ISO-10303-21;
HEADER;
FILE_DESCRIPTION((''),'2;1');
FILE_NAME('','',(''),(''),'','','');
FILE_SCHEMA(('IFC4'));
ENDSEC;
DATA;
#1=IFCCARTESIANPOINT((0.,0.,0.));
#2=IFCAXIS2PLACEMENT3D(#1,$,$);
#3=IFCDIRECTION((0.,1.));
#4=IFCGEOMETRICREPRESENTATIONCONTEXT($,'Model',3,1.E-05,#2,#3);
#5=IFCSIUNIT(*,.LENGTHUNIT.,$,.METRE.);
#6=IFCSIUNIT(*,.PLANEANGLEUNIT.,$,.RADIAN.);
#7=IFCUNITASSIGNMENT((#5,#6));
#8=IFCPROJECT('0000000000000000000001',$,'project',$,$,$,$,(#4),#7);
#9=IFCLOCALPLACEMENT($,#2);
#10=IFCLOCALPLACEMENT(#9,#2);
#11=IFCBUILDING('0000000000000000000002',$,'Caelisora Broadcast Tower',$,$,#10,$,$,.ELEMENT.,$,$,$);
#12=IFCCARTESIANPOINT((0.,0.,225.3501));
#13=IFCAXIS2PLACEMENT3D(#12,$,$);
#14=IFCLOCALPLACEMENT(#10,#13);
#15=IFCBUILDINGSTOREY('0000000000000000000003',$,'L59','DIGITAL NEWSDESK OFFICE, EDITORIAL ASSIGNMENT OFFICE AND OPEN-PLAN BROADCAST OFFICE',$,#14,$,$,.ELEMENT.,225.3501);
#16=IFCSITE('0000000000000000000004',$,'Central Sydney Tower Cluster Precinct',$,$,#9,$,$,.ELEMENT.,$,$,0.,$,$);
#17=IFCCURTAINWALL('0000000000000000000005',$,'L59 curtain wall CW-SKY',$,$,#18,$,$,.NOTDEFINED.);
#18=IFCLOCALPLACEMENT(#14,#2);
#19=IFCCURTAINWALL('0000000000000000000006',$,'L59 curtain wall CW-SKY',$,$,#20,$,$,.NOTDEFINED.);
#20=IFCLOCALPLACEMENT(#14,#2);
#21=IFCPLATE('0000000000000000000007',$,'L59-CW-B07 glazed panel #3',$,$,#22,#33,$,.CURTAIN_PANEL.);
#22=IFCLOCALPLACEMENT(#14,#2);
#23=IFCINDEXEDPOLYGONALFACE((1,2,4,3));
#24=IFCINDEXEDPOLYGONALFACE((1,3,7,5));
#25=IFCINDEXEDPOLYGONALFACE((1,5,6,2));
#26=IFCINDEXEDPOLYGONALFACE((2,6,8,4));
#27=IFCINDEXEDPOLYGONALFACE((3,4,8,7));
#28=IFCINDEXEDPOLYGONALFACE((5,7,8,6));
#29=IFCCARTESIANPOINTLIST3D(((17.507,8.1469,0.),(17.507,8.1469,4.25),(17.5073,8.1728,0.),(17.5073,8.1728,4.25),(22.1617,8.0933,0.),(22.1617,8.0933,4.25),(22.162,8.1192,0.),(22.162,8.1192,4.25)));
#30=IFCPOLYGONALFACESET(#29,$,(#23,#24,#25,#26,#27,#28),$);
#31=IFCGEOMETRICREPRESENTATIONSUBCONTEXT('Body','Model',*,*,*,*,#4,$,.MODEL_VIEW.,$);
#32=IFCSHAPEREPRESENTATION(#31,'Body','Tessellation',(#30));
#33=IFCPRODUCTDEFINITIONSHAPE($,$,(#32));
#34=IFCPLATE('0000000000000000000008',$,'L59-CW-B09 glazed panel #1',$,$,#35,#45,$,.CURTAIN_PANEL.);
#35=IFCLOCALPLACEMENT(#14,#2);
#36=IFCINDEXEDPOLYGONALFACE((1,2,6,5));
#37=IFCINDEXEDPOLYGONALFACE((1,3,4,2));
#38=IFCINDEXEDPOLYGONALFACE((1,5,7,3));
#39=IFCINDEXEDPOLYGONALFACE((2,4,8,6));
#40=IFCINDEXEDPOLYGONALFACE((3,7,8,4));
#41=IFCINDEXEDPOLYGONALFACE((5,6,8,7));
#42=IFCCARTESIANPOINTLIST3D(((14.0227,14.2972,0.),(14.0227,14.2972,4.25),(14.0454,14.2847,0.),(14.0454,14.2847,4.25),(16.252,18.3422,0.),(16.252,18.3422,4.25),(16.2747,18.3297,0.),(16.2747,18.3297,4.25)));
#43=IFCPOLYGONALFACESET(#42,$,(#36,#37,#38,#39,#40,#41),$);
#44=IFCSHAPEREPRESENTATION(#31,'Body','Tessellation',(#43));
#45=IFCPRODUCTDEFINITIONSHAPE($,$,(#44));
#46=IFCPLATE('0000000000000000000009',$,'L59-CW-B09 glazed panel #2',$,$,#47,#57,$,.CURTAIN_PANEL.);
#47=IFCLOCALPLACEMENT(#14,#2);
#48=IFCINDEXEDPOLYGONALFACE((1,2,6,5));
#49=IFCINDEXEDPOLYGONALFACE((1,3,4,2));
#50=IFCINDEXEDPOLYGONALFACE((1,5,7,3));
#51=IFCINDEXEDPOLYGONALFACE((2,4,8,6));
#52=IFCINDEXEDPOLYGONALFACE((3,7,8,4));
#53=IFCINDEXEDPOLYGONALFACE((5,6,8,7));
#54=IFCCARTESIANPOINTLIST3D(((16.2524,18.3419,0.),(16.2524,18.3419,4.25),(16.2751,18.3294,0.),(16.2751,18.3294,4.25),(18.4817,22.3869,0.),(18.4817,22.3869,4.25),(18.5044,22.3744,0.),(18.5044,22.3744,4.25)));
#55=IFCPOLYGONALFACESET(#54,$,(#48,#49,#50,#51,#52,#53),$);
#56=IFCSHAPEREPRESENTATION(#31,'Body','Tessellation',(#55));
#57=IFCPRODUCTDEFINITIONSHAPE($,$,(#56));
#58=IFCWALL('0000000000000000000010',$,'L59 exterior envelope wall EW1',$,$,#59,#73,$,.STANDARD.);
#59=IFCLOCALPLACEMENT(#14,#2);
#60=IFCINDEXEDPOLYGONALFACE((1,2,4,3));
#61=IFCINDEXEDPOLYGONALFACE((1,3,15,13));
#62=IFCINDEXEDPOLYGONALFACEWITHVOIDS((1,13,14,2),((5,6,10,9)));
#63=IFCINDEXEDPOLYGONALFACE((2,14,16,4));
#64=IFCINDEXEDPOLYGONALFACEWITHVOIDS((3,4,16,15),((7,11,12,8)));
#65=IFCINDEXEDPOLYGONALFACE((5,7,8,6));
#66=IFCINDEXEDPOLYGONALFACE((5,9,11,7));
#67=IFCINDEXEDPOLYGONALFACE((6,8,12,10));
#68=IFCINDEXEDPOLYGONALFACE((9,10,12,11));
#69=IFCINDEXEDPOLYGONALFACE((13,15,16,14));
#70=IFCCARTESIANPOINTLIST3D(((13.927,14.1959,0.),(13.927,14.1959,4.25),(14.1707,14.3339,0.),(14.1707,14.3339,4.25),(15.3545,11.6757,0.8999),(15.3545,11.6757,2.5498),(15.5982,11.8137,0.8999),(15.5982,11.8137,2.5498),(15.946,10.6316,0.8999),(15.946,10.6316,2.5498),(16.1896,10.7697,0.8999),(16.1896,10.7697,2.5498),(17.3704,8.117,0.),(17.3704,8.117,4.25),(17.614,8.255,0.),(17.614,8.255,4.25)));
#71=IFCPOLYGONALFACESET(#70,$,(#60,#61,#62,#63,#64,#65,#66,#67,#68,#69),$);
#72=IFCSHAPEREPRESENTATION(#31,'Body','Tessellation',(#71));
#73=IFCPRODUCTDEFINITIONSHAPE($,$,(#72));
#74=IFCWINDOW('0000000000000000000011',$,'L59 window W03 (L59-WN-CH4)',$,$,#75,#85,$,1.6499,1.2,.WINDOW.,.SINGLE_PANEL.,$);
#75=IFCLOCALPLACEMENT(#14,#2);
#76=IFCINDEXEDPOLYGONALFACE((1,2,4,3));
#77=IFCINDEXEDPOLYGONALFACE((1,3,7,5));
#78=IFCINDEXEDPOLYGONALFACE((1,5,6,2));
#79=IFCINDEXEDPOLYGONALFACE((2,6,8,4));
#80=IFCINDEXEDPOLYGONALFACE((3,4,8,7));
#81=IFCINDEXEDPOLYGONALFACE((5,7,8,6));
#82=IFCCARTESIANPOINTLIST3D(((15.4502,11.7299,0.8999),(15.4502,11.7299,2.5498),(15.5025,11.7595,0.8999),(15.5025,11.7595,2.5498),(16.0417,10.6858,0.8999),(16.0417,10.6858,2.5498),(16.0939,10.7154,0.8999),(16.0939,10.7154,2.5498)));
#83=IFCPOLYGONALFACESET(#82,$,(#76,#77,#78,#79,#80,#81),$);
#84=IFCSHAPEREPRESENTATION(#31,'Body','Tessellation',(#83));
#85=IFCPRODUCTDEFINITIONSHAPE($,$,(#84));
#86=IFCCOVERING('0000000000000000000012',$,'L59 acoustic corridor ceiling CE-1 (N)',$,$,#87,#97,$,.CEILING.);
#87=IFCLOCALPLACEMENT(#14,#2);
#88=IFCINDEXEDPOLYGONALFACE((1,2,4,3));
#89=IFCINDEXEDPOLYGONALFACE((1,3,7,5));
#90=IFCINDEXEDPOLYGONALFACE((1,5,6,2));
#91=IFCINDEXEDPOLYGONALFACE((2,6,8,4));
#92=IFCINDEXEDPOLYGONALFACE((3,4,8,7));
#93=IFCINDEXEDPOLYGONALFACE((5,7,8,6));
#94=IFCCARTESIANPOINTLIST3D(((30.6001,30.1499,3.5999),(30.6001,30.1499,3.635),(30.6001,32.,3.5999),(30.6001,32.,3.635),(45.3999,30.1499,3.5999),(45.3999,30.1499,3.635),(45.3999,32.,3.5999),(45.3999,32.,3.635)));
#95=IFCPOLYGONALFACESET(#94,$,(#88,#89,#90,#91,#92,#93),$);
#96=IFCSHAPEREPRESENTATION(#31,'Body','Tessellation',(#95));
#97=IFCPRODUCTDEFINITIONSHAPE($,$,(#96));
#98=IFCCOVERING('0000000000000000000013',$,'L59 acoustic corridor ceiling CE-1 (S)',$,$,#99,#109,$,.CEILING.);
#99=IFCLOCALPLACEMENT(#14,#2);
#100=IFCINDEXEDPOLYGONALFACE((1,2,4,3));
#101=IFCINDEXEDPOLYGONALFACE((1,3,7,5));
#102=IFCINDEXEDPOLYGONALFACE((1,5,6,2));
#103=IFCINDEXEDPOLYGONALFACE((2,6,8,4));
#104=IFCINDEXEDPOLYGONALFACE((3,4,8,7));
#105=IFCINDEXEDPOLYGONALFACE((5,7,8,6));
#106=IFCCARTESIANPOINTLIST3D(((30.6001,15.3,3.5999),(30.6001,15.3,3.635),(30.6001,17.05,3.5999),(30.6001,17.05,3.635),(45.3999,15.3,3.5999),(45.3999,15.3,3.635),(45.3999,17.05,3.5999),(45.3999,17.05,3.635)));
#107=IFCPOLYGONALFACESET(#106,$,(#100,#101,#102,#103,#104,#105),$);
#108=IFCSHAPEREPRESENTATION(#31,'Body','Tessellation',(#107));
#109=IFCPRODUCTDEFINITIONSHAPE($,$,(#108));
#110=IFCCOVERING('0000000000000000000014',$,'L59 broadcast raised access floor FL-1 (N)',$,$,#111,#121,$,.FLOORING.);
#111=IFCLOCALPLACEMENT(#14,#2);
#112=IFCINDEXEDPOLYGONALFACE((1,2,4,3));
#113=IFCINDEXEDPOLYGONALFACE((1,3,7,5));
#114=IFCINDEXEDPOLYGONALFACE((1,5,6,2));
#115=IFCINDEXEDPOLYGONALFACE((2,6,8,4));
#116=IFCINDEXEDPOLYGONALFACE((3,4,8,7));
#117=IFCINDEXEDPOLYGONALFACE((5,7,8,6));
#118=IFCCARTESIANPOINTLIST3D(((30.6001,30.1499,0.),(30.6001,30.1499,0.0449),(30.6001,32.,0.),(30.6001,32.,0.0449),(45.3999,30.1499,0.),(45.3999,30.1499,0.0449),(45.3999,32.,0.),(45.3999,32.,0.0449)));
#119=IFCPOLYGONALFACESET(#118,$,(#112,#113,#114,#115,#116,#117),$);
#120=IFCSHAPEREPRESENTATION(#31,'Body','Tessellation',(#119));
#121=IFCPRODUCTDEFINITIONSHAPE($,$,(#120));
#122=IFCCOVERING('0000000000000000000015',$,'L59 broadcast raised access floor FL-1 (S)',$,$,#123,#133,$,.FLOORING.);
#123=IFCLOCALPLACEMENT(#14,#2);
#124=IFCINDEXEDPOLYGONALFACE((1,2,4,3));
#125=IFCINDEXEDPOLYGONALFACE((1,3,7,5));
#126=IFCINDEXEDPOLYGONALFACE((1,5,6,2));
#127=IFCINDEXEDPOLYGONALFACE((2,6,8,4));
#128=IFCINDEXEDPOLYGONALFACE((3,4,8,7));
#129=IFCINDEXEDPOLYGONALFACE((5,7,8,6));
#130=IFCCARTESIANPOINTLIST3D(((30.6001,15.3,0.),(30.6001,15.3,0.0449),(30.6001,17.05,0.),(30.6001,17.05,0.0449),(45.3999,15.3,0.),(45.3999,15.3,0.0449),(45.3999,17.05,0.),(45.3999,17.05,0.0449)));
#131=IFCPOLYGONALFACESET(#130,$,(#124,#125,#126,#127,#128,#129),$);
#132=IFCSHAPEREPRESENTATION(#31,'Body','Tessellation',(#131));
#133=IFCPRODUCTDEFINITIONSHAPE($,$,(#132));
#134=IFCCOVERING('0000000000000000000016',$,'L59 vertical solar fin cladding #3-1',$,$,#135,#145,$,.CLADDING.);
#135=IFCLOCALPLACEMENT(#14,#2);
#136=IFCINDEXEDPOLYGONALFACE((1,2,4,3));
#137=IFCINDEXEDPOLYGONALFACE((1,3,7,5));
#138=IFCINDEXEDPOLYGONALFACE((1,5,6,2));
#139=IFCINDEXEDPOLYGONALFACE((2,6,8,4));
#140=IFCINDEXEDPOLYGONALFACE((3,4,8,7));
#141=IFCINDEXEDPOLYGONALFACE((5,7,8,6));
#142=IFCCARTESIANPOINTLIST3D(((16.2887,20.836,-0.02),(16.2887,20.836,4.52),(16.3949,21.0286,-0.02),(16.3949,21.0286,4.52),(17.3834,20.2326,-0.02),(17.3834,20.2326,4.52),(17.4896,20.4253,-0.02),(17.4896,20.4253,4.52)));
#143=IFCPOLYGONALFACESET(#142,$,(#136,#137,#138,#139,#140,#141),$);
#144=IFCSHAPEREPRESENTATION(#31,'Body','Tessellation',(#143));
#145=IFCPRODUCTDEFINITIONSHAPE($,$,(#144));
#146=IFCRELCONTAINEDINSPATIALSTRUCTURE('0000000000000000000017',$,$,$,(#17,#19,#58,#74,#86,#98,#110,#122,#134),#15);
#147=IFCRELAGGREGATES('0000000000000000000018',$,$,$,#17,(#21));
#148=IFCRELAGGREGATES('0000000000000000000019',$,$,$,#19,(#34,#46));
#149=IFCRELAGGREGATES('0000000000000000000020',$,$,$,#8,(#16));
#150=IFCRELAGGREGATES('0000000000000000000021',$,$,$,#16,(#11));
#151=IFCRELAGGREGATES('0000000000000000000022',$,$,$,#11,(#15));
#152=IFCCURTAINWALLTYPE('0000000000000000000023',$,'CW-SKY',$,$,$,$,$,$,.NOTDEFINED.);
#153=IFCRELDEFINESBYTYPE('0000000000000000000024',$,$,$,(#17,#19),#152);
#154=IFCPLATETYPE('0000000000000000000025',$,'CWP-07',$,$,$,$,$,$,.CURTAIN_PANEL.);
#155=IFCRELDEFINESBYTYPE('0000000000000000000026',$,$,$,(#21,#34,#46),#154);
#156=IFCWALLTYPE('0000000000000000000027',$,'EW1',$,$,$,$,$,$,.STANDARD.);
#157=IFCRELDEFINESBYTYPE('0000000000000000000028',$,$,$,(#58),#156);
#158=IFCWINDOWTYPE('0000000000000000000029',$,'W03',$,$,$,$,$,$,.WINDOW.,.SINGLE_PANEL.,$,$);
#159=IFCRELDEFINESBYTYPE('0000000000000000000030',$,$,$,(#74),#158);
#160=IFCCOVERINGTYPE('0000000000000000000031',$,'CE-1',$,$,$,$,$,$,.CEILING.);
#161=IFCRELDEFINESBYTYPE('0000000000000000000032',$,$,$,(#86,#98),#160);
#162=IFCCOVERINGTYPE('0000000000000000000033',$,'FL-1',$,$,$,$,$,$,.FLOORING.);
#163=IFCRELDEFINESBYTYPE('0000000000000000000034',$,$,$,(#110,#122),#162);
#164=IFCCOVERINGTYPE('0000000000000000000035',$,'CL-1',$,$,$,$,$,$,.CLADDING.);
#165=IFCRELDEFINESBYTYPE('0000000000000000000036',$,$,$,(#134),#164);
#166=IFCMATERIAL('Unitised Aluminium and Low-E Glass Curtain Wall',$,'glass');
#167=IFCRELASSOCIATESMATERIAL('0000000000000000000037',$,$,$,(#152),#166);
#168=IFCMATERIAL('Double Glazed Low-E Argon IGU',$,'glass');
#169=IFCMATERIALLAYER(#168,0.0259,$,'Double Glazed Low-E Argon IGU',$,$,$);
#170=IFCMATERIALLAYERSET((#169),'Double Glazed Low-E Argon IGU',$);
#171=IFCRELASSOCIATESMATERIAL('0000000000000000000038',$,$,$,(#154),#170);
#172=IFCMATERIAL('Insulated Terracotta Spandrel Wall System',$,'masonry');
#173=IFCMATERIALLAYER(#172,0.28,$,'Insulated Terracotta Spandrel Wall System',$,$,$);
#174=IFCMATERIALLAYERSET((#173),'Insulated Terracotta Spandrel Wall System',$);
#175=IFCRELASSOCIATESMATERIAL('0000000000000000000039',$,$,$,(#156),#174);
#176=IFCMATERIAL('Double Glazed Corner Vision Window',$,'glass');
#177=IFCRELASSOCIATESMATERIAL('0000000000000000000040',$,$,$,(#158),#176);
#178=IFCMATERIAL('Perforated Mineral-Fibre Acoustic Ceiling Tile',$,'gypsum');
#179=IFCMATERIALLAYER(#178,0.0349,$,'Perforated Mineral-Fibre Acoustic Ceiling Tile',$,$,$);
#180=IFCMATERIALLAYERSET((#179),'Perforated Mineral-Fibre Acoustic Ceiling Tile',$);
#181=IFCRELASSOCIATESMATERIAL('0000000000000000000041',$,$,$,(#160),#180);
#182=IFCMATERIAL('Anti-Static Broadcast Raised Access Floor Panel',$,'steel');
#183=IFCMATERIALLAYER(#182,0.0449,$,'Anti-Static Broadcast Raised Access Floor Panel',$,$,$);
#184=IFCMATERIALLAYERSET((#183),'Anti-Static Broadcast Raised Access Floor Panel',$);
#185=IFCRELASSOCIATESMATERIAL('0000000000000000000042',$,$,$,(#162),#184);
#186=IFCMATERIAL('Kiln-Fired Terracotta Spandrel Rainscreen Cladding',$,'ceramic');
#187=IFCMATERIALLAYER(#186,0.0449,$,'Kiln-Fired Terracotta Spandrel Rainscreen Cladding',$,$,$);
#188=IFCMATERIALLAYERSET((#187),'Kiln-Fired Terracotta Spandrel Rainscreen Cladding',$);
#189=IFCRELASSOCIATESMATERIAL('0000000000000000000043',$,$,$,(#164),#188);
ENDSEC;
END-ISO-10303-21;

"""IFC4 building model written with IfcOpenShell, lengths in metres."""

from ifc_helpers import new_model, si_unit, direction, frame, frame_2d, origin, origin_2d, place, context, subcontext, project, spatial, polyline, rectangle, outline, extrude, source, transform, mapped, material, layer, layer_set, type_object, type_shapes, element, fill, aggregate, save


model = new_model("IFC4")

# Units and contexts
model_context = context("Model", 3, precision=1e-05, world=origin(), true_north=direction((0.0, 1.0)))
body_context = subcontext(model_context, "Body", "Model", "MODEL_VIEW")
ifc_project = project(units=[si_unit("LENGTHUNIT", "METRE"), si_unit("PLANEANGLEUNIT", "RADIAN")], contexts=[model_context])

# Site, building, storey
site_placement = place(None, origin())
site = spatial("IfcSite", under=ifc_project, at=site_placement, Name="Central Sydney Tower Cluster Precinct", CompositionType="ELEMENT", RefElevation=0.0)
building_placement = place(site_placement, origin())
building = spatial("IfcBuilding", under=site, at=building_placement, Name="Caelisora Broadcast Tower", CompositionType="ELEMENT")
storey_placement = place(building_placement, frame((0.0, 0.0, 225.3501)))
storey = spatial("IfcBuildingStorey", under=building, at=storey_placement, Name="L59", Description="DIGITAL NEWSDESK OFFICE, EDITORIAL ASSIGNMENT OFFICE AND OPEN-PLAN BROADCAST OFFICE", CompositionType="ELEMENT", Elevation=225.3501)

# Curtain wall
ifc_material_1 = material(Name="Unitised Aluminium and Low-E Glass Curtain Wall", Category="glass")
curtain_wall_type = type_object("IfcCurtainWallType", Name="CW-SKY", PredefinedType="NOTDEFINED", material=ifc_material_1)
curtain_wall_1_placement = place(storey_placement, origin())
curtain_wall_1 = element("IfcCurtainWall", 1, at=curtain_wall_1_placement, inside=storey, type_object=curtain_wall_type, Name="L59 curtain wall CW-SKY", PredefinedType="NOTDEFINED")

# Curtain wall
curtain_wall_2_placement = place(storey_placement, origin())
curtain_wall_2 = element("IfcCurtainWall", 2, at=curtain_wall_2_placement, inside=storey, type_object=curtain_wall_type, Name="L59 curtain wall CW-SKY", PredefinedType="NOTDEFINED")

# Plates
ifc_material_2 = material(Name="Double Glazed Low-E Argon IGU", Category="glass")
ifc_layer_1 = layer(ifc_material_2, 0.0259, Name="Double Glazed Low-E Argon IGU")
ifc_layer_set_1 = layer_set([ifc_layer_1], Name="Double Glazed Low-E Argon IGU")
plate_type_1 = type_object("IfcPlateType", Name="CWP-07", PredefinedType="CURTAIN_PANEL", material=ifc_layer_set_1)
shared_shape_1 = source(origin(), body_context, "Body", "SweptSolid", [
    extrude(rectangle(XDim=4.655, YDim=0.0259, at=origin_2d()), origin(), (0.0, 0.0, 1.0), 4.25),
])
plate_1_placement = place(storey_placement, frame((19.8345, 8.1331, 0.0), z_axis=(0.0, 0.0, 1.0), x_axis=(-0.999934, 0.011519, 0.0)))
plate_1 = element("IfcPlate", 3, at=plate_1_placement, type_object=plate_type_1, Name="L59-CW-B07 glazed panel #3", PredefinedType="CURTAIN_PANEL", context=body_context, shape_type="MappedRepresentation", body=[
    mapped(shared_shape_1, transform((0.0, 0.0, 0.0), scale=1.0)),
])
aggregate(curtain_wall_1, [plate_1])
shared_shape_2 = source(origin(), body_context, "Body", "SweptSolid", [
    extrude(rectangle(XDim=4.6187, YDim=0.0259, at=origin_2d()), origin(), (0.0, 0.0, 1.0), 4.25),
])
type_shapes(plate_type_1, [shared_shape_1, shared_shape_2])
plate_2_placement = place(storey_placement, frame((15.1487, 16.3135, 0.0), z_axis=(0.0, 0.0, 1.0), x_axis=(0.482671, 0.875802, 0.0)))
plate_2 = element("IfcPlate", 4, at=plate_2_placement, type_object=plate_type_1, Name="L59-CW-B09 glazed panel #1", PredefinedType="CURTAIN_PANEL", context=body_context, shape_type="MappedRepresentation", body=[
    mapped(shared_shape_2, transform((0.0, 0.0, 0.0), scale=1.0)),
])
plate_3_placement = place(storey_placement, frame((17.3784, 20.3582, 0.0), z_axis=(0.0, 0.0, 1.0), x_axis=(0.482671, 0.875802, 0.0)))
plate_3 = element("IfcPlate", 5, at=plate_3_placement, type_object=plate_type_1, Name="L59-CW-B09 glazed panel #2", PredefinedType="CURTAIN_PANEL", context=body_context, shape_type="MappedRepresentation", body=[
    mapped(shared_shape_2, transform((0.0, 0.0, 0.0), scale=1.0)),
])
aggregate(curtain_wall_2, [plate_2, plate_3])

# Wall, opening, window
ifc_material_3 = material(Name="Insulated Terracotta Spandrel Wall System", Category="masonry")
ifc_layer_2 = layer(ifc_material_3, 0.28, Name="Insulated Terracotta Spandrel Wall System")
ifc_layer_set_2 = layer_set([ifc_layer_2], Name="Insulated Terracotta Spandrel Wall System")
wall_type = type_object("IfcWallType", Name="EW1", PredefinedType="STANDARD", material=ifc_layer_set_2)
wall_placement = place(storey_placement, frame((17.4922, 8.186, 0.0), z_axis=(0.0, 0.0, 1.0), x_axis=(-0.492869, 0.870104, 0.0)))
wall = element("IfcWall", 6, at=wall_placement, inside=storey, type_object=wall_type, Name="L59 exterior envelope wall EW1", PredefinedType="STANDARD", context=body_context, shape_type="SweptSolid", body=[
    extrude(rectangle(XDim=6.9863, YDim=0.28, at=frame_2d((3.4932, 0.0))), origin(), (0.0, 0.0, 1.0), 4.25),
])
opening_placement = place(wall_placement, frame((2.8899, 0.0, 0.8999)))
opening = element("IfcOpeningElement", 7, at=opening_placement, cuts=wall, PredefinedType="OPENING", context=body_context, shape_type="SweptSolid", body=[
    extrude(rectangle(XDim=1.2, YDim=1.6499, at=frame_2d((0.6001, 0.825))), frame((0.0, 0.1521, 0.0), z_axis=(0.0, -1.0, 0.0), x_axis=(1.0, 0.0, 0.0)), (0.0, 0.0, 1.0), 0.304),
])
ifc_material_4 = material(Name="Double Glazed Corner Vision Window", Category="glass")
window_type = type_object("IfcWindowType", Name="W03", PartitioningType="SINGLE_PANEL", PredefinedType="WINDOW", material=ifc_material_4)
window_placement = place(opening_placement, origin())
window = element("IfcWindow", 8, at=window_placement, inside=storey, type_object=window_type, Name="L59 window W03 (L59-WN-CH4)", OverallHeight=1.6499, OverallWidth=1.2, PartitioningType="SINGLE_PANEL", PredefinedType="WINDOW", context=body_context, shape_type="SweptSolid", body=[
    extrude(rectangle(XDim=1.2, YDim=1.6499, at=frame_2d((0.6001, 0.825))), frame((0.0, 0.03, 0.0), z_axis=(0.0, -1.0, 0.0), x_axis=(1.0, 0.0, 0.0)), (0.0, 0.0, 1.0), 0.0601),
])
fill(opening, window)

# Coverings
ifc_material_5 = material(Name="Perforated Mineral-Fibre Acoustic Ceiling Tile", Category="gypsum")
ifc_layer_3 = layer(ifc_material_5, 0.0349, Name="Perforated Mineral-Fibre Acoustic Ceiling Tile")
ifc_layer_set_3 = layer_set([ifc_layer_3], Name="Perforated Mineral-Fibre Acoustic Ceiling Tile")
covering_type_1 = type_object("IfcCoveringType", Name="CE-1", PredefinedType="CEILING", material=ifc_layer_set_3)
covering_1_placement = place(storey_placement, frame((0.0, 0.0, 3.5999)))
element("IfcCovering", 9, at=covering_1_placement, inside=storey, type_object=covering_type_1, Name="L59 acoustic corridor ceiling CE-1 (N)", PredefinedType="CEILING", context=body_context, shape_type="SweptSolid", body=[
    extrude(outline(polyline([(30.6001, 30.1499), (45.3999, 30.1499), (45.3999, 32.0), (30.6001, 32.0), (30.6001, 30.1499)])), origin(), (0.0, 0.0, 1.0), 0.0352),
])
covering_2_placement = place(storey_placement, frame((0.0, 0.0, 3.5999)))
element("IfcCovering", 10, at=covering_2_placement, inside=storey, type_object=covering_type_1, Name="L59 acoustic corridor ceiling CE-1 (S)", PredefinedType="CEILING", context=body_context, shape_type="SweptSolid", body=[
    extrude(outline(polyline([(30.6001, 15.3), (45.3999, 15.3), (45.3999, 17.05), (30.6001, 17.05), (30.6001, 15.3)])), origin(), (0.0, 0.0, 1.0), 0.0352),
])
ifc_material_6 = material(Name="Anti-Static Broadcast Raised Access Floor Panel", Category="steel")
ifc_layer_4 = layer(ifc_material_6, 0.0449, Name="Anti-Static Broadcast Raised Access Floor Panel")
ifc_layer_set_4 = layer_set([ifc_layer_4], Name="Anti-Static Broadcast Raised Access Floor Panel")
covering_type_2 = type_object("IfcCoveringType", Name="FL-1", PredefinedType="FLOORING", material=ifc_layer_set_4)
covering_3_placement = place(storey_placement, origin())
element("IfcCovering", 11, at=covering_3_placement, inside=storey, type_object=covering_type_2, Name="L59 broadcast raised access floor FL-1 (N)", PredefinedType="FLOORING", context=body_context, shape_type="SweptSolid", body=[
    extrude(outline(polyline([(30.6001, 30.1499), (45.3999, 30.1499), (45.3999, 32.0), (30.6001, 32.0), (30.6001, 30.1499)])), origin(), (0.0, 0.0, 1.0), 0.0449),
])
covering_4_placement = place(storey_placement, origin())
element("IfcCovering", 12, at=covering_4_placement, inside=storey, type_object=covering_type_2, Name="L59 broadcast raised access floor FL-1 (S)", PredefinedType="FLOORING", context=body_context, shape_type="SweptSolid", body=[
    extrude(outline(polyline([(30.6001, 15.3), (45.3999, 15.3), (45.3999, 17.05), (30.6001, 17.05), (30.6001, 15.3)])), origin(), (0.0, 0.0, 1.0), 0.0449),
])
ifc_material_7 = material(Name="Kiln-Fired Terracotta Spandrel Rainscreen Cladding", Category="ceramic")
ifc_layer_5 = layer(ifc_material_7, 0.0449, Name="Kiln-Fired Terracotta Spandrel Rainscreen Cladding")
ifc_layer_set_5 = layer_set([ifc_layer_5], Name="Kiln-Fired Terracotta Spandrel Rainscreen Cladding")
covering_type_3 = type_object("IfcCoveringType", Name="CL-1", PredefinedType="CLADDING", material=ifc_layer_set_5)
shared_shape_3 = source(origin(), body_context, "Body", "SweptSolid", [
    extrude(rectangle(XDim=0.22, YDim=1.25, at=origin_2d()), origin(), (0.0, 0.0, 1.0), 4.54),
])
type_shapes(covering_type_3, [shared_shape_3])
covering_5_placement = place(storey_placement, frame((16.8892, 20.6306, -0.02), z_axis=(0.0, 0.0, 1.0), x_axis=(0.482671, 0.875802, 0.0)))
element("IfcCovering", 13, at=covering_5_placement, inside=storey, type_object=covering_type_3, Name="L59 vertical solar fin cladding #3-1", PredefinedType="CLADDING", context=body_context, shape_type="MappedRepresentation", body=[
    mapped(shared_shape_3, transform((0.0, 0.0, 0.0), scale=1.0)),
])

save(model, "model.ifc")
